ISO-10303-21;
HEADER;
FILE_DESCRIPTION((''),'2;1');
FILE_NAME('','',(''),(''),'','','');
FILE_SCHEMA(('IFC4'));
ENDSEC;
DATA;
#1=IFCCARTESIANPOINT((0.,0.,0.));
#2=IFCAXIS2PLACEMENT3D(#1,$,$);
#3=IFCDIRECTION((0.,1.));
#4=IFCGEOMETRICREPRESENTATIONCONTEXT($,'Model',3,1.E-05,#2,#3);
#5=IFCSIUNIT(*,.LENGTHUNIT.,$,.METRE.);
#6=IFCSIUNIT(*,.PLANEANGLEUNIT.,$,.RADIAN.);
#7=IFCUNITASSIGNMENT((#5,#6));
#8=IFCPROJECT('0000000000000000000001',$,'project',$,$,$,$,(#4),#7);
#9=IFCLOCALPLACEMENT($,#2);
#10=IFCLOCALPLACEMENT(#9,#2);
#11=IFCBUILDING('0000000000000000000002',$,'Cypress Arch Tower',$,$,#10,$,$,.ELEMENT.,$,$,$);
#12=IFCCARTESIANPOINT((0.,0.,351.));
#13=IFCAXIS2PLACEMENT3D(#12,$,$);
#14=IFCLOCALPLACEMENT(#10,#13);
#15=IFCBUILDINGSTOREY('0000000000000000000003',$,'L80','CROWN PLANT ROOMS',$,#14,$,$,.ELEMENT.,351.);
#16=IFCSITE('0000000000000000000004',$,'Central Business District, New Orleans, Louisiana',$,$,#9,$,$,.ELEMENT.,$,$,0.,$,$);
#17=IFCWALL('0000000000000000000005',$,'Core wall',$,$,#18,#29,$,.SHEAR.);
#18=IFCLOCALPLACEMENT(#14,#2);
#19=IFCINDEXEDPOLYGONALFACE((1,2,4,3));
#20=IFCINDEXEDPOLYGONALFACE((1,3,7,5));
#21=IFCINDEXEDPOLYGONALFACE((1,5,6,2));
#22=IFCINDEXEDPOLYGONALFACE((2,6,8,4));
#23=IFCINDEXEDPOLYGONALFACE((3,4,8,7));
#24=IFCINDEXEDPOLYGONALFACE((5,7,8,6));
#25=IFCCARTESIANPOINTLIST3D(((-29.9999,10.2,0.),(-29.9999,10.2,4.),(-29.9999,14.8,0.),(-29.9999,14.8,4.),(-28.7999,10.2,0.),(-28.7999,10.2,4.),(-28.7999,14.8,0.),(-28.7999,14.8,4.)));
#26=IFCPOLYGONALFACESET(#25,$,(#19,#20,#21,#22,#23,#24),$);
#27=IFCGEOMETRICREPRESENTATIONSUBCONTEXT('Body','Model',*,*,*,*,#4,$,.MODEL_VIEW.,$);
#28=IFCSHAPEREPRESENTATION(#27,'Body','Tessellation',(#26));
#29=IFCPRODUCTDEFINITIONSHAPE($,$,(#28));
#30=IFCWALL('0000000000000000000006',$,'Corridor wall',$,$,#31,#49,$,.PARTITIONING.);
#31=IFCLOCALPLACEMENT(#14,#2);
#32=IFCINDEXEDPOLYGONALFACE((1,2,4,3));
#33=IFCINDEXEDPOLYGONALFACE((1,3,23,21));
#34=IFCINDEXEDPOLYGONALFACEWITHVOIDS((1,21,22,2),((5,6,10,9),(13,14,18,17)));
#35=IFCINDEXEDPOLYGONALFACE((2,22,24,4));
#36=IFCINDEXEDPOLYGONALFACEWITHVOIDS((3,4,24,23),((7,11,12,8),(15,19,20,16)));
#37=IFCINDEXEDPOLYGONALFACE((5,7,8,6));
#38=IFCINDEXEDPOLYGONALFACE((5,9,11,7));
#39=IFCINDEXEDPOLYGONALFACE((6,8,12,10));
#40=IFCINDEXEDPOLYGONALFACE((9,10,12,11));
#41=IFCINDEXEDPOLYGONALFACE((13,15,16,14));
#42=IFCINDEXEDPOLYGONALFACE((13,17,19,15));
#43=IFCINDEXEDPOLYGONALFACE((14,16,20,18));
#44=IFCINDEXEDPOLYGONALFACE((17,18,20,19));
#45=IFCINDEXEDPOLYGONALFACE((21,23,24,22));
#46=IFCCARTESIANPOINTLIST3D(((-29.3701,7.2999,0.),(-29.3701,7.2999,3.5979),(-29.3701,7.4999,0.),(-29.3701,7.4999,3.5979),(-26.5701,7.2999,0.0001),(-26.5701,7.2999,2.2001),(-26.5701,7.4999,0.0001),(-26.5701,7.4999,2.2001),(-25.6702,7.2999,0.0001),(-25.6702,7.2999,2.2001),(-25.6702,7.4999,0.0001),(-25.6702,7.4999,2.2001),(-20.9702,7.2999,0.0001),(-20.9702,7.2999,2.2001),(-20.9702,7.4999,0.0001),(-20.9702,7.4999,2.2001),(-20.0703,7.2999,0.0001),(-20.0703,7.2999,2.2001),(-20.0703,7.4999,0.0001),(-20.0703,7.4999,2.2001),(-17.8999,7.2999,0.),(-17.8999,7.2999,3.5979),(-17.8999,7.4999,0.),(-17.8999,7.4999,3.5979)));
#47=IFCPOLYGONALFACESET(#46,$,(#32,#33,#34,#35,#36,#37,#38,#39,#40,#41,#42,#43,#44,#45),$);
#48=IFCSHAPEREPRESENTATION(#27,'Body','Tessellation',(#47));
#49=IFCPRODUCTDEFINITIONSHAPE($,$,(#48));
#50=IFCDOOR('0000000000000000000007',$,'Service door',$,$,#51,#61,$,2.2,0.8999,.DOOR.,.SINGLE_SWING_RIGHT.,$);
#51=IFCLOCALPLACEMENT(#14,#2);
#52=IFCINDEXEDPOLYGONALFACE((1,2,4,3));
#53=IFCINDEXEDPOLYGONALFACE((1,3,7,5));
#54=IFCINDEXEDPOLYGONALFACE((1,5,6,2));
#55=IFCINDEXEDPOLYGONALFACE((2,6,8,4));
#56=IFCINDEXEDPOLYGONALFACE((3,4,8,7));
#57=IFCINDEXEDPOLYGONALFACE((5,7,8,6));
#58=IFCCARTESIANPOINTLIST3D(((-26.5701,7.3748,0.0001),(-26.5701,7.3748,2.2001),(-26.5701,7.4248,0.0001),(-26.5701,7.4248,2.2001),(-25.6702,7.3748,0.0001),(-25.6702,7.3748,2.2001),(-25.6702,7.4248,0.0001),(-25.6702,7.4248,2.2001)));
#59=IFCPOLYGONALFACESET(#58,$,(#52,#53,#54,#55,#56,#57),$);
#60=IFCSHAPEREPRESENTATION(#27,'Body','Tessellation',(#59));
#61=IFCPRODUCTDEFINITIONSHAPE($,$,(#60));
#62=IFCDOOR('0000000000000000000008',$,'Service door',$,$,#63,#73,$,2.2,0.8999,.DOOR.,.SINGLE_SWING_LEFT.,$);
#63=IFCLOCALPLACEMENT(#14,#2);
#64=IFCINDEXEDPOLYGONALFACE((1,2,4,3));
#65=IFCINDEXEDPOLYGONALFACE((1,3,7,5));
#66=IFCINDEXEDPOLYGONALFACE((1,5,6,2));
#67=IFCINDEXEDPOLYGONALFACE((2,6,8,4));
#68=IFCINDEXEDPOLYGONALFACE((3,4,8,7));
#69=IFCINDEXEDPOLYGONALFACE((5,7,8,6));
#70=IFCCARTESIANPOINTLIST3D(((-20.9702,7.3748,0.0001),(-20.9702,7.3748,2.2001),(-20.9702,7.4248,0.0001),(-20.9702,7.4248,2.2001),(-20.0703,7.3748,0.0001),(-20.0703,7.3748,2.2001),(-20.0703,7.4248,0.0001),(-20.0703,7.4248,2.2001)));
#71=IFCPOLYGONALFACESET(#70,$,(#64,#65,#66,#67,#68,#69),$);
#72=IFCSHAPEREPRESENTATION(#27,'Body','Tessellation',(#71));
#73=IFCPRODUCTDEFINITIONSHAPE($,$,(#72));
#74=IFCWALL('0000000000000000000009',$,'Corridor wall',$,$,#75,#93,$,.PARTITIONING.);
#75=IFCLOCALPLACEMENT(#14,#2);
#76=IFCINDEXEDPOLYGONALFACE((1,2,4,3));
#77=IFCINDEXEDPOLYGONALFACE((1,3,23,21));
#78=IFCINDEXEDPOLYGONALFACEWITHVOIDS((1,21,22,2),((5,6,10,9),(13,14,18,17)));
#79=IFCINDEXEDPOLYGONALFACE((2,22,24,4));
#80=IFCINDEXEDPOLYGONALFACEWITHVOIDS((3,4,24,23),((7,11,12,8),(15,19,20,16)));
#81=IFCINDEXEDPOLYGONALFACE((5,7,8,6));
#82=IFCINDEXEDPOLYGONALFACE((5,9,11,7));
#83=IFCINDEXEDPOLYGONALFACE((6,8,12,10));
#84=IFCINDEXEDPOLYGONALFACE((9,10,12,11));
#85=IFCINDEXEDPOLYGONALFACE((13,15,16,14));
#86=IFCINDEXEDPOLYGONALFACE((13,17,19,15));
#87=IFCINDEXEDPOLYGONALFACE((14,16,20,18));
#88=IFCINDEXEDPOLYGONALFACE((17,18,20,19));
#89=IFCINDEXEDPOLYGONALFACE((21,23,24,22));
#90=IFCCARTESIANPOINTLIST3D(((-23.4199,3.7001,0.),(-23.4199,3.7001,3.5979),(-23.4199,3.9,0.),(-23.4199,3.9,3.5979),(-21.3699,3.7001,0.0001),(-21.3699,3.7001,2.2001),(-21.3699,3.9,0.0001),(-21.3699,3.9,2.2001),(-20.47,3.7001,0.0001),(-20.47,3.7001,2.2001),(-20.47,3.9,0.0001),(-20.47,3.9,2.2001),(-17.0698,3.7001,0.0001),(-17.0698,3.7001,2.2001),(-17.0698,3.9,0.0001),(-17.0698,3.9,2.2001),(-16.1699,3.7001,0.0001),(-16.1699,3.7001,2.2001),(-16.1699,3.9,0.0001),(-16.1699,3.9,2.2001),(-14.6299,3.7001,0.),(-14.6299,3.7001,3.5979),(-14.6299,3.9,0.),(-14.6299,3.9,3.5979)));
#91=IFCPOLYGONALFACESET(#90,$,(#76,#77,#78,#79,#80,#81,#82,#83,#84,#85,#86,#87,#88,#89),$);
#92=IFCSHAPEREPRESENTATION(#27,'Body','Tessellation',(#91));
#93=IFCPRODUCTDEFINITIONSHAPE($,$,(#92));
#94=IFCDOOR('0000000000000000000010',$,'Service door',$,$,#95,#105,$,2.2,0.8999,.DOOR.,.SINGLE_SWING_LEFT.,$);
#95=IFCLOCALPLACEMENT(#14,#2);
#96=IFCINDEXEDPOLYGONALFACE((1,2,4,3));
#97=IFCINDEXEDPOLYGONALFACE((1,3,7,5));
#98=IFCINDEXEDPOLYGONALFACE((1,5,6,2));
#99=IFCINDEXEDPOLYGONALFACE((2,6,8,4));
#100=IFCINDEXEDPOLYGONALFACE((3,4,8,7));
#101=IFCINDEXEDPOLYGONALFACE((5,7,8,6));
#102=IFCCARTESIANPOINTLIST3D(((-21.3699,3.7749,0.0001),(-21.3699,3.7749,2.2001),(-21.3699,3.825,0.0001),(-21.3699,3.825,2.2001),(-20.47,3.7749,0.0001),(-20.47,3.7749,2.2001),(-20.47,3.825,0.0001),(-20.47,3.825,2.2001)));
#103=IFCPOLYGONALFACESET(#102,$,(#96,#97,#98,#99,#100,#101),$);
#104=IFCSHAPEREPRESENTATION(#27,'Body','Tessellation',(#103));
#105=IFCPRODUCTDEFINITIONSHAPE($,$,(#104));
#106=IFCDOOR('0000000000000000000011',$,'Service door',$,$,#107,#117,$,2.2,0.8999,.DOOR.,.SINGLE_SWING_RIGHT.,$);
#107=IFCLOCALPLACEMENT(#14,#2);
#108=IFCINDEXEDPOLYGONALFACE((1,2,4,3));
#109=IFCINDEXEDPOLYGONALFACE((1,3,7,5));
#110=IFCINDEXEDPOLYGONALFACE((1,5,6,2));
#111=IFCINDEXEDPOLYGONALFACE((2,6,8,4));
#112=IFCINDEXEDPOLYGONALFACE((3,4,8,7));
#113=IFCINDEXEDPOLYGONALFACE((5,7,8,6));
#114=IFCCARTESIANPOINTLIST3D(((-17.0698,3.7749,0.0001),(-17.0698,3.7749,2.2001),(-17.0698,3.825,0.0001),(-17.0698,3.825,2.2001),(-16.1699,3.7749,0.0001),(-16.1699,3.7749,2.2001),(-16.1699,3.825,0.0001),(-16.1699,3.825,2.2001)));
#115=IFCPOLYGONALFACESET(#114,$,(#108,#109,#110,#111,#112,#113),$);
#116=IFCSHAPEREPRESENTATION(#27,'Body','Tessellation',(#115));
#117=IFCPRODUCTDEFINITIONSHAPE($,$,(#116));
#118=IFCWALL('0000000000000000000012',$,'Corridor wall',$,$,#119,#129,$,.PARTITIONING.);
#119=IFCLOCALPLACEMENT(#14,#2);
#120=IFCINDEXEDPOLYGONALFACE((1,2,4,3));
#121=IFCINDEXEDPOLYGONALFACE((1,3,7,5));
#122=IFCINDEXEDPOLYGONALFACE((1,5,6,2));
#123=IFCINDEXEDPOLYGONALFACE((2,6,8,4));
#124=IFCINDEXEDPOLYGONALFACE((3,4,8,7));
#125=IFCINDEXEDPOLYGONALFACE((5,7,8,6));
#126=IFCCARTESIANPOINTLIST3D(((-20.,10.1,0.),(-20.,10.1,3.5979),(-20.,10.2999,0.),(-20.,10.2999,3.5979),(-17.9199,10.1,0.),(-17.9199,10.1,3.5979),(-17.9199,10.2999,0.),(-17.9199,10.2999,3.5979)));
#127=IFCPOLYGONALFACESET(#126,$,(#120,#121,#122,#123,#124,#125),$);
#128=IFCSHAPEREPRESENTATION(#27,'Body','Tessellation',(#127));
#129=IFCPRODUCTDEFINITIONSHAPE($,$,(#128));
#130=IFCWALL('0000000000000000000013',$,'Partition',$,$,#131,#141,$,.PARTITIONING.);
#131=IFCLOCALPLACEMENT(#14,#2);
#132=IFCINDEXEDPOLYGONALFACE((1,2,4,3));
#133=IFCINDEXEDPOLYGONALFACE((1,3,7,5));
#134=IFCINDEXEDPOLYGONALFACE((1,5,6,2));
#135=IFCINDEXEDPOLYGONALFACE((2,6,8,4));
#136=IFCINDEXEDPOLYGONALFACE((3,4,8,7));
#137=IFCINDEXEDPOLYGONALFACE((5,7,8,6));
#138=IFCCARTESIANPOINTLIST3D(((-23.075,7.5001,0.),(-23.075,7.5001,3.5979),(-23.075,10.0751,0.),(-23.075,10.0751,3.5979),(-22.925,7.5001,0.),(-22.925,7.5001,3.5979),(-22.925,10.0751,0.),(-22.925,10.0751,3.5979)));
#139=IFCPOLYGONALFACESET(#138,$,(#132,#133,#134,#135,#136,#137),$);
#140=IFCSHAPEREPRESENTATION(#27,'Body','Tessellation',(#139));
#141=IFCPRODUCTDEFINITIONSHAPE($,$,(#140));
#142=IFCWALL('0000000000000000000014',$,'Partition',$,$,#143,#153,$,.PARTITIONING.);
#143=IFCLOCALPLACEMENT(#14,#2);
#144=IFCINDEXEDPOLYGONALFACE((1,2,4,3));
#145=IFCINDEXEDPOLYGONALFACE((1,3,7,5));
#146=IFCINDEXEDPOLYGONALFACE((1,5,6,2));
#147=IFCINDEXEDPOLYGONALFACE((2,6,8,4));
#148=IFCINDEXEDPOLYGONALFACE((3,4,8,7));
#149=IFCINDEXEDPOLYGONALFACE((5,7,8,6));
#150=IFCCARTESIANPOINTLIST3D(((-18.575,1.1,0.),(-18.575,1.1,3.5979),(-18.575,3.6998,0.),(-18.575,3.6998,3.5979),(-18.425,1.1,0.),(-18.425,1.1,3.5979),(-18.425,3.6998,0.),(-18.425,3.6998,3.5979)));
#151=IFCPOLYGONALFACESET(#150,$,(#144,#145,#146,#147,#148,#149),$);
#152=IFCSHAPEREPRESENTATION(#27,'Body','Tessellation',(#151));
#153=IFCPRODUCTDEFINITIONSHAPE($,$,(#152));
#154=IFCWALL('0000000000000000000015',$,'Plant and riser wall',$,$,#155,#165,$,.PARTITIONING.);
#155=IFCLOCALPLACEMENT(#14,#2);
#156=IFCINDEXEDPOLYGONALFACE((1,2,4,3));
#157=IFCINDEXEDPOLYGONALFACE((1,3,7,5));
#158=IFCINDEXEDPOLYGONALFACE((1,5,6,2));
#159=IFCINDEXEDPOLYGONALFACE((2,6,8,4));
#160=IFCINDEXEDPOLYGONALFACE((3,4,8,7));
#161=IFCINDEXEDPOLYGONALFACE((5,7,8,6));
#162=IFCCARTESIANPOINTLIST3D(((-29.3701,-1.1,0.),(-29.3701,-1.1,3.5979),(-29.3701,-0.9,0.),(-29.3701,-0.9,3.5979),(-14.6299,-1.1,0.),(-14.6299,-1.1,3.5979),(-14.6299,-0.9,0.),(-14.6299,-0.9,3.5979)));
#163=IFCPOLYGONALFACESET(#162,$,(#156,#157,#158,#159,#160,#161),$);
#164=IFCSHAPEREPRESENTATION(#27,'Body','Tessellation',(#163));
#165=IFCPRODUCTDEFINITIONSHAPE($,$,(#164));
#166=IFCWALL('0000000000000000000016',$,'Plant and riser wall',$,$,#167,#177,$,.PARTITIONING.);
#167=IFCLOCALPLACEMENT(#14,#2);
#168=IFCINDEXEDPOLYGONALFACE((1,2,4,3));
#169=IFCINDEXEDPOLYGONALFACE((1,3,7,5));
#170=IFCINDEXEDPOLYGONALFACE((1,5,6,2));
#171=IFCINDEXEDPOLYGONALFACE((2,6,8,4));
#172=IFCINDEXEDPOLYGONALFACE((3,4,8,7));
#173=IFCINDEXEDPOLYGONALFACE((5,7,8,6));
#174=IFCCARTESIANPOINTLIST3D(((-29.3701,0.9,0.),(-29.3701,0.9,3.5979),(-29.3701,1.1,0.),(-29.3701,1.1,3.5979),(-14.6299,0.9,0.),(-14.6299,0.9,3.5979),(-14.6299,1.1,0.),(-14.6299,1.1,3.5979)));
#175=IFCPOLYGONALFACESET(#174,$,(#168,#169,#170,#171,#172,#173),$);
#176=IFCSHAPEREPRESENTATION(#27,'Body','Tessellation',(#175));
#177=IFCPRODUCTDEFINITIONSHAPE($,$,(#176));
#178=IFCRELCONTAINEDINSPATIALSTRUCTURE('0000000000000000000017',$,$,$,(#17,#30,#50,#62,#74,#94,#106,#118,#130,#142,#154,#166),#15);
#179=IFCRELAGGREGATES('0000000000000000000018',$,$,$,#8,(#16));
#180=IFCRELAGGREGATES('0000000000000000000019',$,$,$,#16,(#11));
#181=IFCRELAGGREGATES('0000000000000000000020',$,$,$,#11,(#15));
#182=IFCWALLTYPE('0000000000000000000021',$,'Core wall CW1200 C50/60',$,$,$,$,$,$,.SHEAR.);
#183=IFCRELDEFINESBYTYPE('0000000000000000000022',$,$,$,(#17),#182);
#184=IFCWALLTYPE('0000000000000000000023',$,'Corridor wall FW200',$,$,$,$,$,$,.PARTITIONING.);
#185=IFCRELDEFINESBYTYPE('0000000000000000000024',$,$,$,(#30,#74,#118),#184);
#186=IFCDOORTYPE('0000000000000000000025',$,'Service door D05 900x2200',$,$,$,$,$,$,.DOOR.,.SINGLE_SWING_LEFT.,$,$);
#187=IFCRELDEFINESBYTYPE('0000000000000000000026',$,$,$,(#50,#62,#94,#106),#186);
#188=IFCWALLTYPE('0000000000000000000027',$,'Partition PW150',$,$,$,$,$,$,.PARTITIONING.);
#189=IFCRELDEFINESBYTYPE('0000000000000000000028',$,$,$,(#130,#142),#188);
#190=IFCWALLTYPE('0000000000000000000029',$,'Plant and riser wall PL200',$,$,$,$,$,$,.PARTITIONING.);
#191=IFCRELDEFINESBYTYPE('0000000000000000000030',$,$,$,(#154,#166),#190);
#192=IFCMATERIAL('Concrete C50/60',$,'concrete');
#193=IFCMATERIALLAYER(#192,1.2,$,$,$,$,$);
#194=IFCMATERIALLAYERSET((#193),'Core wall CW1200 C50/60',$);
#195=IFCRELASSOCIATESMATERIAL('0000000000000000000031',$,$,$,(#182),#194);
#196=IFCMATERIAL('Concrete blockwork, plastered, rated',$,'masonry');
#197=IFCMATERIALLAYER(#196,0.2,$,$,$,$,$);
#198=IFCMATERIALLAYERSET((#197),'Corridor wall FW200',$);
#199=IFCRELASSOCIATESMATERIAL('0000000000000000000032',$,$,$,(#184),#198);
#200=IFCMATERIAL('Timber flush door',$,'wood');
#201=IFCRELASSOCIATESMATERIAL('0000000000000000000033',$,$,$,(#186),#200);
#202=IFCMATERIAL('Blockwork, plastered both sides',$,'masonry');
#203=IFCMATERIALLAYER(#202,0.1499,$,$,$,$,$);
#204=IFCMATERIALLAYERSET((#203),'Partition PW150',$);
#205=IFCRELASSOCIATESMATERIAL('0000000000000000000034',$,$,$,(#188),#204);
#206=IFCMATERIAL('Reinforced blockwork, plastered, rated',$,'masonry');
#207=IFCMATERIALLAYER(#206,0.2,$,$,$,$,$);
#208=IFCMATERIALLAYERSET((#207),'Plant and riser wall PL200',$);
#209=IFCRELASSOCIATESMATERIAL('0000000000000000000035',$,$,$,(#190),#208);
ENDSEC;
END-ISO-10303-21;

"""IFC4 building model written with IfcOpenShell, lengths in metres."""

from ifc_helpers import new_model, si_unit, direction, frame, frame_2d, origin, place, context, subcontext, project, spatial, rectangle, extrude, material, layer, layer_set, type_object, element, fill, save


model = new_model("IFC4")

# Units and contexts
model_context = context("Model", 3, precision=1e-05, world=origin(), true_north=direction((0.0, 1.0)))
body_context = subcontext(model_context, "Body", "Model", "MODEL_VIEW")
ifc_project = project(units=[si_unit("LENGTHUNIT", "METRE"), si_unit("PLANEANGLEUNIT", "RADIAN")], contexts=[model_context])

# Site, building, storey
site_placement = place(None, origin())
site = spatial("IfcSite", under=ifc_project, at=site_placement, Name="Central Business District, New Orleans, Louisiana", CompositionType="ELEMENT", RefElevation=0.0)
building_placement = place(site_placement, origin())
building = spatial("IfcBuilding", under=site, at=building_placement, Name="Cypress Arch Tower", CompositionType="ELEMENT")
storey_placement = place(building_placement, frame((0.0, 0.0, 351.0)))
storey = spatial("IfcBuildingStorey", under=building, at=storey_placement, Name="L80", Description="CROWN PLANT ROOMS", CompositionType="ELEMENT", Elevation=351.0)

# Wall
ifc_material_1 = material(Name="Concrete C50/60", Category="concrete")
ifc_layer_1 = layer(ifc_material_1, 1.2)
ifc_layer_set_1 = layer_set([ifc_layer_1], Name="Core wall CW1200 C50/60")
wall_type_1 = type_object("IfcWallType", Name="Core wall CW1200 C50/60", PredefinedType="SHEAR", material=ifc_layer_set_1)
wall_1_placement = place(storey_placement, frame((-29.3999, 10.2, 0.0), z_axis=(0.0, 0.0, 1.0), x_axis=(0.0, 1.0, 0.0)))
element("IfcWall", 1, at=wall_1_placement, inside=storey, type_object=wall_type_1, Name="Core wall", PredefinedType="SHEAR", context=body_context, shape_type="SweptSolid", body=[
    extrude(rectangle(XDim=4.6001, YDim=1.2, at=frame_2d((2.3, 0.0))), origin(), (0.0, 0.0, 1.0), 4.0),
])

# Walls, openings, doors
ifc_material_2 = material(Name="Concrete blockwork, plastered, rated", Category="masonry")
ifc_layer_2 = layer(ifc_material_2, 0.2)
ifc_layer_set_2 = layer_set([ifc_layer_2], Name="Corridor wall FW200")
wall_type_2 = type_object("IfcWallType", Name="Corridor wall FW200", PredefinedType="PARTITIONING", material=ifc_layer_set_2)
wall_2_placement = place(storey_placement, frame((-29.3701, 7.3999, 0.0), z_axis=(0.0, 0.0, 1.0), x_axis=(1.0, 0.0, 0.0)))
wall_2 = element("IfcWall", 2, at=wall_2_placement, inside=storey, type_object=wall_type_2, Name="Corridor wall", PredefinedType="PARTITIONING", context=body_context, shape_type="SweptSolid", body=[
    extrude(rectangle(XDim=11.4702, YDim=0.2, at=frame_2d((5.7351, 0.0))), origin(), (0.0, 0.0, 1.0), 3.5979),
])
opening_1_placement = place(wall_2_placement, frame((2.8, 0.0, 0.0)))
opening_1 = element("IfcOpeningElement", 3, at=opening_1_placement, cuts=wall_2, PredefinedType="OPENING", context=body_context, shape_type="SweptSolid", body=[
    extrude(rectangle(XDim=0.8999, YDim=2.2, at=frame_2d((0.45, 1.1001))), frame((0.0, 0.1099, 0.0), z_axis=(0.0, -1.0, 0.0), x_axis=(1.0, 0.0, 0.0)), (0.0, 0.0, 1.0), 0.22),
])
opening_2_placement = place(wall_2_placement, frame((8.3999, 0.0, 0.0)))
opening_2 = element("IfcOpeningElement", 4, at=opening_2_placement, cuts=wall_2, PredefinedType="OPENING", context=body_context, shape_type="SweptSolid", body=[
    extrude(rectangle(XDim=0.8999, YDim=2.2, at=frame_2d((0.45, 1.1001))), frame((0.0, 0.1099, 0.0), z_axis=(0.0, -1.0, 0.0), x_axis=(1.0, 0.0, 0.0)), (0.0, 0.0, 1.0), 0.22),
])
ifc_material_3 = material(Name="Timber flush door", Category="wood")
door_type_1 = type_object("IfcDoorType", Name="Service door D05 900x2200", OperationType="SINGLE_SWING_LEFT", PredefinedType="DOOR", material=ifc_material_3)
door_1_placement = place(opening_1_placement, origin())
door_1 = element("IfcDoor", 5, at=door_1_placement, inside=storey, type_object=door_type_1, Name="Service door", OperationType="SINGLE_SWING_RIGHT", OverallHeight=2.2, OverallWidth=0.8999, PredefinedType="DOOR", context=body_context, shape_type="SweptSolid", body=[
    extrude(rectangle(XDim=0.8999, YDim=2.2, at=frame_2d((0.45, 1.1001))), frame((0.0, 0.0249, 0.0), z_axis=(0.0, -1.0, 0.0), x_axis=(1.0, 0.0, 0.0)), (0.0, 0.0, 1.0), 0.05),
])
fill(opening_1, door_1)
door_2_placement = place(opening_2_placement, origin())
door_2 = element("IfcDoor", 6, at=door_2_placement, inside=storey, type_object=door_type_1, Name="Service door", OperationType="SINGLE_SWING_LEFT", OverallHeight=2.2, OverallWidth=0.8999, PredefinedType="DOOR", context=body_context, shape_type="SweptSolid", body=[
    extrude(rectangle(XDim=0.8999, YDim=2.2, at=frame_2d((0.45, 1.1001))), frame((0.0, 0.0249, 0.0), z_axis=(0.0, -1.0, 0.0), x_axis=(1.0, 0.0, 0.0)), (0.0, 0.0, 1.0), 0.05),
])
fill(opening_2, door_2)
wall_3_placement = place(storey_placement, frame((-23.4199, 3.8, 0.0), z_axis=(0.0, 0.0, 1.0), x_axis=(1.0, 0.0, 0.0)))
wall_3 = element("IfcWall", 7, at=wall_3_placement, inside=storey, type_object=wall_type_2, Name="Corridor wall", PredefinedType="PARTITIONING", context=body_context, shape_type="SweptSolid", body=[
    extrude(rectangle(XDim=8.79, YDim=0.2, at=frame_2d((4.395, 0.0))), origin(), (0.0, 0.0, 1.0), 3.5979),
])
opening_3_placement = place(wall_3_placement, frame((2.05, 0.0, 0.0)))
opening_3 = element("IfcOpeningElement", 8, at=opening_3_placement, cuts=wall_3, PredefinedType="OPENING", context=body_context, shape_type="SweptSolid", body=[
    extrude(rectangle(XDim=0.8999, YDim=2.2, at=frame_2d((0.45, 1.1001))), frame((0.0, 0.1099, 0.0), z_axis=(0.0, -1.0, 0.0), x_axis=(1.0, 0.0, 0.0)), (0.0, 0.0, 1.0), 0.22),
])
opening_4_placement = place(wall_3_placement, frame((6.3501, 0.0, 0.0)))
opening_4 = element("IfcOpeningElement", 9, at=opening_4_placement, cuts=wall_3, PredefinedType="OPENING", context=body_context, shape_type="SweptSolid", body=[
    extrude(rectangle(XDim=0.8999, YDim=2.2, at=frame_2d((0.45, 1.1001))), frame((0.0, 0.1099, 0.0), z_axis=(0.0, -1.0, 0.0), x_axis=(1.0, 0.0, 0.0)), (0.0, 0.0, 1.0), 0.22),
])
door_3_placement = place(opening_3_placement, origin())
door_3 = element("IfcDoor", 10, at=door_3_placement, inside=storey, type_object=door_type_1, Name="Service door", OperationType="SINGLE_SWING_LEFT", OverallHeight=2.2, OverallWidth=0.8999, PredefinedType="DOOR", context=body_context, shape_type="SweptSolid", body=[
    extrude(rectangle(XDim=0.8999, YDim=2.2, at=frame_2d((0.45, 1.1001))), frame((0.0, 0.0249, 0.0), z_axis=(0.0, -1.0, 0.0), x_axis=(1.0, 0.0, 0.0)), (0.0, 0.0, 1.0), 0.05),
])
fill(opening_3, door_3)
door_4_placement = place(opening_4_placement, origin())
door_4 = element("IfcDoor", 11, at=door_4_placement, inside=storey, type_object=door_type_1, Name="Service door", OperationType="SINGLE_SWING_RIGHT", OverallHeight=2.2, OverallWidth=0.8999, PredefinedType="DOOR", context=body_context, shape_type="SweptSolid", body=[
    extrude(rectangle(XDim=0.8999, YDim=2.2, at=frame_2d((0.45, 1.1001))), frame((0.0, 0.0249, 0.0), z_axis=(0.0, -1.0, 0.0), x_axis=(1.0, 0.0, 0.0)), (0.0, 0.0, 1.0), 0.05),
])
fill(opening_4, door_4)

# Walls
wall_4_placement = place(storey_placement, frame((-20.0, 10.2, 0.0), z_axis=(0.0, 0.0, 1.0), x_axis=(1.0, 0.0, 0.0)))
element("IfcWall", 12, at=wall_4_placement, inside=storey, type_object=wall_type_2, Name="Corridor wall", PredefinedType="PARTITIONING", context=body_context, shape_type="SweptSolid", body=[
    extrude(rectangle(XDim=2.0801, YDim=0.2, at=frame_2d((1.04, 0.0))), origin(), (0.0, 0.0, 1.0), 3.5979),
])
ifc_material_4 = material(Name="Blockwork, plastered both sides", Category="masonry")
ifc_layer_3 = layer(ifc_material_4, 0.1499)
ifc_layer_set_3 = layer_set([ifc_layer_3], Name="Partition PW150")
wall_type_3 = type_object("IfcWallType", Name="Partition PW150", PredefinedType="PARTITIONING", material=ifc_layer_set_3)
wall_5_placement = place(storey_placement, frame((-23.0, 7.5, 0.0), z_axis=(0.0, 0.0, 1.0), x_axis=(0.0, 1.0, 0.0)))
element("IfcWall", 13, at=wall_5_placement, inside=storey, type_object=wall_type_3, Name="Partition", PredefinedType="PARTITIONING", context=body_context, shape_type="SweptSolid", body=[
    extrude(rectangle(XDim=2.575, YDim=0.1499, at=frame_2d((1.2876, 0.0))), origin(), (0.0, 0.0, 1.0), 3.5979),
])
wall_6_placement = place(storey_placement, frame((-18.5, 1.1001, 0.0), z_axis=(0.0, 0.0, 1.0), x_axis=(0.0, 1.0, 0.0)))
element("IfcWall", 14, at=wall_6_placement, inside=storey, type_object=wall_type_3, Name="Partition", PredefinedType="PARTITIONING", context=body_context, shape_type="SweptSolid", body=[
    extrude(rectangle(XDim=2.5999, YDim=0.1499, at=frame_2d((1.2998, 0.0))), origin(), (0.0, 0.0, 1.0), 3.5979),
])
ifc_material_5 = material(Name="Reinforced blockwork, plastered, rated", Category="masonry")
ifc_layer_4 = layer(ifc_material_5, 0.2)
ifc_layer_set_4 = layer_set([ifc_layer_4], Name="Plant and riser wall PL200")
wall_type_4 = type_object("IfcWallType", Name="Plant and riser wall PL200", PredefinedType="PARTITIONING", material=ifc_layer_set_4)
for number, where, z_axis, x_axis, name in (
    (15, (-29.3701, -1.0, 0.0), (0.0, 0.0, 1.0), (1.0, 0.0, 0.0), "Plant and riser wall"),
    (16, (-29.3701, 1.0, 0.0), (0.0, 0.0, 1.0), (1.0, 0.0, 0.0), "Plant and riser wall"),
):
    element("IfcWall", number, at=place(storey_placement, frame(where, z_axis=z_axis, x_axis=x_axis)), inside=storey, type_object=wall_type_4, Name=name, PredefinedType="PARTITIONING", context=body_context, shape_type="SweptSolid", body=[
        extrude(rectangle(XDim=14.7402, YDim=0.2, at=frame_2d((7.3701, 0.0))), origin(), (0.0, 0.0, 1.0), 3.5979),
    ])

save(model, "model.ifc")
